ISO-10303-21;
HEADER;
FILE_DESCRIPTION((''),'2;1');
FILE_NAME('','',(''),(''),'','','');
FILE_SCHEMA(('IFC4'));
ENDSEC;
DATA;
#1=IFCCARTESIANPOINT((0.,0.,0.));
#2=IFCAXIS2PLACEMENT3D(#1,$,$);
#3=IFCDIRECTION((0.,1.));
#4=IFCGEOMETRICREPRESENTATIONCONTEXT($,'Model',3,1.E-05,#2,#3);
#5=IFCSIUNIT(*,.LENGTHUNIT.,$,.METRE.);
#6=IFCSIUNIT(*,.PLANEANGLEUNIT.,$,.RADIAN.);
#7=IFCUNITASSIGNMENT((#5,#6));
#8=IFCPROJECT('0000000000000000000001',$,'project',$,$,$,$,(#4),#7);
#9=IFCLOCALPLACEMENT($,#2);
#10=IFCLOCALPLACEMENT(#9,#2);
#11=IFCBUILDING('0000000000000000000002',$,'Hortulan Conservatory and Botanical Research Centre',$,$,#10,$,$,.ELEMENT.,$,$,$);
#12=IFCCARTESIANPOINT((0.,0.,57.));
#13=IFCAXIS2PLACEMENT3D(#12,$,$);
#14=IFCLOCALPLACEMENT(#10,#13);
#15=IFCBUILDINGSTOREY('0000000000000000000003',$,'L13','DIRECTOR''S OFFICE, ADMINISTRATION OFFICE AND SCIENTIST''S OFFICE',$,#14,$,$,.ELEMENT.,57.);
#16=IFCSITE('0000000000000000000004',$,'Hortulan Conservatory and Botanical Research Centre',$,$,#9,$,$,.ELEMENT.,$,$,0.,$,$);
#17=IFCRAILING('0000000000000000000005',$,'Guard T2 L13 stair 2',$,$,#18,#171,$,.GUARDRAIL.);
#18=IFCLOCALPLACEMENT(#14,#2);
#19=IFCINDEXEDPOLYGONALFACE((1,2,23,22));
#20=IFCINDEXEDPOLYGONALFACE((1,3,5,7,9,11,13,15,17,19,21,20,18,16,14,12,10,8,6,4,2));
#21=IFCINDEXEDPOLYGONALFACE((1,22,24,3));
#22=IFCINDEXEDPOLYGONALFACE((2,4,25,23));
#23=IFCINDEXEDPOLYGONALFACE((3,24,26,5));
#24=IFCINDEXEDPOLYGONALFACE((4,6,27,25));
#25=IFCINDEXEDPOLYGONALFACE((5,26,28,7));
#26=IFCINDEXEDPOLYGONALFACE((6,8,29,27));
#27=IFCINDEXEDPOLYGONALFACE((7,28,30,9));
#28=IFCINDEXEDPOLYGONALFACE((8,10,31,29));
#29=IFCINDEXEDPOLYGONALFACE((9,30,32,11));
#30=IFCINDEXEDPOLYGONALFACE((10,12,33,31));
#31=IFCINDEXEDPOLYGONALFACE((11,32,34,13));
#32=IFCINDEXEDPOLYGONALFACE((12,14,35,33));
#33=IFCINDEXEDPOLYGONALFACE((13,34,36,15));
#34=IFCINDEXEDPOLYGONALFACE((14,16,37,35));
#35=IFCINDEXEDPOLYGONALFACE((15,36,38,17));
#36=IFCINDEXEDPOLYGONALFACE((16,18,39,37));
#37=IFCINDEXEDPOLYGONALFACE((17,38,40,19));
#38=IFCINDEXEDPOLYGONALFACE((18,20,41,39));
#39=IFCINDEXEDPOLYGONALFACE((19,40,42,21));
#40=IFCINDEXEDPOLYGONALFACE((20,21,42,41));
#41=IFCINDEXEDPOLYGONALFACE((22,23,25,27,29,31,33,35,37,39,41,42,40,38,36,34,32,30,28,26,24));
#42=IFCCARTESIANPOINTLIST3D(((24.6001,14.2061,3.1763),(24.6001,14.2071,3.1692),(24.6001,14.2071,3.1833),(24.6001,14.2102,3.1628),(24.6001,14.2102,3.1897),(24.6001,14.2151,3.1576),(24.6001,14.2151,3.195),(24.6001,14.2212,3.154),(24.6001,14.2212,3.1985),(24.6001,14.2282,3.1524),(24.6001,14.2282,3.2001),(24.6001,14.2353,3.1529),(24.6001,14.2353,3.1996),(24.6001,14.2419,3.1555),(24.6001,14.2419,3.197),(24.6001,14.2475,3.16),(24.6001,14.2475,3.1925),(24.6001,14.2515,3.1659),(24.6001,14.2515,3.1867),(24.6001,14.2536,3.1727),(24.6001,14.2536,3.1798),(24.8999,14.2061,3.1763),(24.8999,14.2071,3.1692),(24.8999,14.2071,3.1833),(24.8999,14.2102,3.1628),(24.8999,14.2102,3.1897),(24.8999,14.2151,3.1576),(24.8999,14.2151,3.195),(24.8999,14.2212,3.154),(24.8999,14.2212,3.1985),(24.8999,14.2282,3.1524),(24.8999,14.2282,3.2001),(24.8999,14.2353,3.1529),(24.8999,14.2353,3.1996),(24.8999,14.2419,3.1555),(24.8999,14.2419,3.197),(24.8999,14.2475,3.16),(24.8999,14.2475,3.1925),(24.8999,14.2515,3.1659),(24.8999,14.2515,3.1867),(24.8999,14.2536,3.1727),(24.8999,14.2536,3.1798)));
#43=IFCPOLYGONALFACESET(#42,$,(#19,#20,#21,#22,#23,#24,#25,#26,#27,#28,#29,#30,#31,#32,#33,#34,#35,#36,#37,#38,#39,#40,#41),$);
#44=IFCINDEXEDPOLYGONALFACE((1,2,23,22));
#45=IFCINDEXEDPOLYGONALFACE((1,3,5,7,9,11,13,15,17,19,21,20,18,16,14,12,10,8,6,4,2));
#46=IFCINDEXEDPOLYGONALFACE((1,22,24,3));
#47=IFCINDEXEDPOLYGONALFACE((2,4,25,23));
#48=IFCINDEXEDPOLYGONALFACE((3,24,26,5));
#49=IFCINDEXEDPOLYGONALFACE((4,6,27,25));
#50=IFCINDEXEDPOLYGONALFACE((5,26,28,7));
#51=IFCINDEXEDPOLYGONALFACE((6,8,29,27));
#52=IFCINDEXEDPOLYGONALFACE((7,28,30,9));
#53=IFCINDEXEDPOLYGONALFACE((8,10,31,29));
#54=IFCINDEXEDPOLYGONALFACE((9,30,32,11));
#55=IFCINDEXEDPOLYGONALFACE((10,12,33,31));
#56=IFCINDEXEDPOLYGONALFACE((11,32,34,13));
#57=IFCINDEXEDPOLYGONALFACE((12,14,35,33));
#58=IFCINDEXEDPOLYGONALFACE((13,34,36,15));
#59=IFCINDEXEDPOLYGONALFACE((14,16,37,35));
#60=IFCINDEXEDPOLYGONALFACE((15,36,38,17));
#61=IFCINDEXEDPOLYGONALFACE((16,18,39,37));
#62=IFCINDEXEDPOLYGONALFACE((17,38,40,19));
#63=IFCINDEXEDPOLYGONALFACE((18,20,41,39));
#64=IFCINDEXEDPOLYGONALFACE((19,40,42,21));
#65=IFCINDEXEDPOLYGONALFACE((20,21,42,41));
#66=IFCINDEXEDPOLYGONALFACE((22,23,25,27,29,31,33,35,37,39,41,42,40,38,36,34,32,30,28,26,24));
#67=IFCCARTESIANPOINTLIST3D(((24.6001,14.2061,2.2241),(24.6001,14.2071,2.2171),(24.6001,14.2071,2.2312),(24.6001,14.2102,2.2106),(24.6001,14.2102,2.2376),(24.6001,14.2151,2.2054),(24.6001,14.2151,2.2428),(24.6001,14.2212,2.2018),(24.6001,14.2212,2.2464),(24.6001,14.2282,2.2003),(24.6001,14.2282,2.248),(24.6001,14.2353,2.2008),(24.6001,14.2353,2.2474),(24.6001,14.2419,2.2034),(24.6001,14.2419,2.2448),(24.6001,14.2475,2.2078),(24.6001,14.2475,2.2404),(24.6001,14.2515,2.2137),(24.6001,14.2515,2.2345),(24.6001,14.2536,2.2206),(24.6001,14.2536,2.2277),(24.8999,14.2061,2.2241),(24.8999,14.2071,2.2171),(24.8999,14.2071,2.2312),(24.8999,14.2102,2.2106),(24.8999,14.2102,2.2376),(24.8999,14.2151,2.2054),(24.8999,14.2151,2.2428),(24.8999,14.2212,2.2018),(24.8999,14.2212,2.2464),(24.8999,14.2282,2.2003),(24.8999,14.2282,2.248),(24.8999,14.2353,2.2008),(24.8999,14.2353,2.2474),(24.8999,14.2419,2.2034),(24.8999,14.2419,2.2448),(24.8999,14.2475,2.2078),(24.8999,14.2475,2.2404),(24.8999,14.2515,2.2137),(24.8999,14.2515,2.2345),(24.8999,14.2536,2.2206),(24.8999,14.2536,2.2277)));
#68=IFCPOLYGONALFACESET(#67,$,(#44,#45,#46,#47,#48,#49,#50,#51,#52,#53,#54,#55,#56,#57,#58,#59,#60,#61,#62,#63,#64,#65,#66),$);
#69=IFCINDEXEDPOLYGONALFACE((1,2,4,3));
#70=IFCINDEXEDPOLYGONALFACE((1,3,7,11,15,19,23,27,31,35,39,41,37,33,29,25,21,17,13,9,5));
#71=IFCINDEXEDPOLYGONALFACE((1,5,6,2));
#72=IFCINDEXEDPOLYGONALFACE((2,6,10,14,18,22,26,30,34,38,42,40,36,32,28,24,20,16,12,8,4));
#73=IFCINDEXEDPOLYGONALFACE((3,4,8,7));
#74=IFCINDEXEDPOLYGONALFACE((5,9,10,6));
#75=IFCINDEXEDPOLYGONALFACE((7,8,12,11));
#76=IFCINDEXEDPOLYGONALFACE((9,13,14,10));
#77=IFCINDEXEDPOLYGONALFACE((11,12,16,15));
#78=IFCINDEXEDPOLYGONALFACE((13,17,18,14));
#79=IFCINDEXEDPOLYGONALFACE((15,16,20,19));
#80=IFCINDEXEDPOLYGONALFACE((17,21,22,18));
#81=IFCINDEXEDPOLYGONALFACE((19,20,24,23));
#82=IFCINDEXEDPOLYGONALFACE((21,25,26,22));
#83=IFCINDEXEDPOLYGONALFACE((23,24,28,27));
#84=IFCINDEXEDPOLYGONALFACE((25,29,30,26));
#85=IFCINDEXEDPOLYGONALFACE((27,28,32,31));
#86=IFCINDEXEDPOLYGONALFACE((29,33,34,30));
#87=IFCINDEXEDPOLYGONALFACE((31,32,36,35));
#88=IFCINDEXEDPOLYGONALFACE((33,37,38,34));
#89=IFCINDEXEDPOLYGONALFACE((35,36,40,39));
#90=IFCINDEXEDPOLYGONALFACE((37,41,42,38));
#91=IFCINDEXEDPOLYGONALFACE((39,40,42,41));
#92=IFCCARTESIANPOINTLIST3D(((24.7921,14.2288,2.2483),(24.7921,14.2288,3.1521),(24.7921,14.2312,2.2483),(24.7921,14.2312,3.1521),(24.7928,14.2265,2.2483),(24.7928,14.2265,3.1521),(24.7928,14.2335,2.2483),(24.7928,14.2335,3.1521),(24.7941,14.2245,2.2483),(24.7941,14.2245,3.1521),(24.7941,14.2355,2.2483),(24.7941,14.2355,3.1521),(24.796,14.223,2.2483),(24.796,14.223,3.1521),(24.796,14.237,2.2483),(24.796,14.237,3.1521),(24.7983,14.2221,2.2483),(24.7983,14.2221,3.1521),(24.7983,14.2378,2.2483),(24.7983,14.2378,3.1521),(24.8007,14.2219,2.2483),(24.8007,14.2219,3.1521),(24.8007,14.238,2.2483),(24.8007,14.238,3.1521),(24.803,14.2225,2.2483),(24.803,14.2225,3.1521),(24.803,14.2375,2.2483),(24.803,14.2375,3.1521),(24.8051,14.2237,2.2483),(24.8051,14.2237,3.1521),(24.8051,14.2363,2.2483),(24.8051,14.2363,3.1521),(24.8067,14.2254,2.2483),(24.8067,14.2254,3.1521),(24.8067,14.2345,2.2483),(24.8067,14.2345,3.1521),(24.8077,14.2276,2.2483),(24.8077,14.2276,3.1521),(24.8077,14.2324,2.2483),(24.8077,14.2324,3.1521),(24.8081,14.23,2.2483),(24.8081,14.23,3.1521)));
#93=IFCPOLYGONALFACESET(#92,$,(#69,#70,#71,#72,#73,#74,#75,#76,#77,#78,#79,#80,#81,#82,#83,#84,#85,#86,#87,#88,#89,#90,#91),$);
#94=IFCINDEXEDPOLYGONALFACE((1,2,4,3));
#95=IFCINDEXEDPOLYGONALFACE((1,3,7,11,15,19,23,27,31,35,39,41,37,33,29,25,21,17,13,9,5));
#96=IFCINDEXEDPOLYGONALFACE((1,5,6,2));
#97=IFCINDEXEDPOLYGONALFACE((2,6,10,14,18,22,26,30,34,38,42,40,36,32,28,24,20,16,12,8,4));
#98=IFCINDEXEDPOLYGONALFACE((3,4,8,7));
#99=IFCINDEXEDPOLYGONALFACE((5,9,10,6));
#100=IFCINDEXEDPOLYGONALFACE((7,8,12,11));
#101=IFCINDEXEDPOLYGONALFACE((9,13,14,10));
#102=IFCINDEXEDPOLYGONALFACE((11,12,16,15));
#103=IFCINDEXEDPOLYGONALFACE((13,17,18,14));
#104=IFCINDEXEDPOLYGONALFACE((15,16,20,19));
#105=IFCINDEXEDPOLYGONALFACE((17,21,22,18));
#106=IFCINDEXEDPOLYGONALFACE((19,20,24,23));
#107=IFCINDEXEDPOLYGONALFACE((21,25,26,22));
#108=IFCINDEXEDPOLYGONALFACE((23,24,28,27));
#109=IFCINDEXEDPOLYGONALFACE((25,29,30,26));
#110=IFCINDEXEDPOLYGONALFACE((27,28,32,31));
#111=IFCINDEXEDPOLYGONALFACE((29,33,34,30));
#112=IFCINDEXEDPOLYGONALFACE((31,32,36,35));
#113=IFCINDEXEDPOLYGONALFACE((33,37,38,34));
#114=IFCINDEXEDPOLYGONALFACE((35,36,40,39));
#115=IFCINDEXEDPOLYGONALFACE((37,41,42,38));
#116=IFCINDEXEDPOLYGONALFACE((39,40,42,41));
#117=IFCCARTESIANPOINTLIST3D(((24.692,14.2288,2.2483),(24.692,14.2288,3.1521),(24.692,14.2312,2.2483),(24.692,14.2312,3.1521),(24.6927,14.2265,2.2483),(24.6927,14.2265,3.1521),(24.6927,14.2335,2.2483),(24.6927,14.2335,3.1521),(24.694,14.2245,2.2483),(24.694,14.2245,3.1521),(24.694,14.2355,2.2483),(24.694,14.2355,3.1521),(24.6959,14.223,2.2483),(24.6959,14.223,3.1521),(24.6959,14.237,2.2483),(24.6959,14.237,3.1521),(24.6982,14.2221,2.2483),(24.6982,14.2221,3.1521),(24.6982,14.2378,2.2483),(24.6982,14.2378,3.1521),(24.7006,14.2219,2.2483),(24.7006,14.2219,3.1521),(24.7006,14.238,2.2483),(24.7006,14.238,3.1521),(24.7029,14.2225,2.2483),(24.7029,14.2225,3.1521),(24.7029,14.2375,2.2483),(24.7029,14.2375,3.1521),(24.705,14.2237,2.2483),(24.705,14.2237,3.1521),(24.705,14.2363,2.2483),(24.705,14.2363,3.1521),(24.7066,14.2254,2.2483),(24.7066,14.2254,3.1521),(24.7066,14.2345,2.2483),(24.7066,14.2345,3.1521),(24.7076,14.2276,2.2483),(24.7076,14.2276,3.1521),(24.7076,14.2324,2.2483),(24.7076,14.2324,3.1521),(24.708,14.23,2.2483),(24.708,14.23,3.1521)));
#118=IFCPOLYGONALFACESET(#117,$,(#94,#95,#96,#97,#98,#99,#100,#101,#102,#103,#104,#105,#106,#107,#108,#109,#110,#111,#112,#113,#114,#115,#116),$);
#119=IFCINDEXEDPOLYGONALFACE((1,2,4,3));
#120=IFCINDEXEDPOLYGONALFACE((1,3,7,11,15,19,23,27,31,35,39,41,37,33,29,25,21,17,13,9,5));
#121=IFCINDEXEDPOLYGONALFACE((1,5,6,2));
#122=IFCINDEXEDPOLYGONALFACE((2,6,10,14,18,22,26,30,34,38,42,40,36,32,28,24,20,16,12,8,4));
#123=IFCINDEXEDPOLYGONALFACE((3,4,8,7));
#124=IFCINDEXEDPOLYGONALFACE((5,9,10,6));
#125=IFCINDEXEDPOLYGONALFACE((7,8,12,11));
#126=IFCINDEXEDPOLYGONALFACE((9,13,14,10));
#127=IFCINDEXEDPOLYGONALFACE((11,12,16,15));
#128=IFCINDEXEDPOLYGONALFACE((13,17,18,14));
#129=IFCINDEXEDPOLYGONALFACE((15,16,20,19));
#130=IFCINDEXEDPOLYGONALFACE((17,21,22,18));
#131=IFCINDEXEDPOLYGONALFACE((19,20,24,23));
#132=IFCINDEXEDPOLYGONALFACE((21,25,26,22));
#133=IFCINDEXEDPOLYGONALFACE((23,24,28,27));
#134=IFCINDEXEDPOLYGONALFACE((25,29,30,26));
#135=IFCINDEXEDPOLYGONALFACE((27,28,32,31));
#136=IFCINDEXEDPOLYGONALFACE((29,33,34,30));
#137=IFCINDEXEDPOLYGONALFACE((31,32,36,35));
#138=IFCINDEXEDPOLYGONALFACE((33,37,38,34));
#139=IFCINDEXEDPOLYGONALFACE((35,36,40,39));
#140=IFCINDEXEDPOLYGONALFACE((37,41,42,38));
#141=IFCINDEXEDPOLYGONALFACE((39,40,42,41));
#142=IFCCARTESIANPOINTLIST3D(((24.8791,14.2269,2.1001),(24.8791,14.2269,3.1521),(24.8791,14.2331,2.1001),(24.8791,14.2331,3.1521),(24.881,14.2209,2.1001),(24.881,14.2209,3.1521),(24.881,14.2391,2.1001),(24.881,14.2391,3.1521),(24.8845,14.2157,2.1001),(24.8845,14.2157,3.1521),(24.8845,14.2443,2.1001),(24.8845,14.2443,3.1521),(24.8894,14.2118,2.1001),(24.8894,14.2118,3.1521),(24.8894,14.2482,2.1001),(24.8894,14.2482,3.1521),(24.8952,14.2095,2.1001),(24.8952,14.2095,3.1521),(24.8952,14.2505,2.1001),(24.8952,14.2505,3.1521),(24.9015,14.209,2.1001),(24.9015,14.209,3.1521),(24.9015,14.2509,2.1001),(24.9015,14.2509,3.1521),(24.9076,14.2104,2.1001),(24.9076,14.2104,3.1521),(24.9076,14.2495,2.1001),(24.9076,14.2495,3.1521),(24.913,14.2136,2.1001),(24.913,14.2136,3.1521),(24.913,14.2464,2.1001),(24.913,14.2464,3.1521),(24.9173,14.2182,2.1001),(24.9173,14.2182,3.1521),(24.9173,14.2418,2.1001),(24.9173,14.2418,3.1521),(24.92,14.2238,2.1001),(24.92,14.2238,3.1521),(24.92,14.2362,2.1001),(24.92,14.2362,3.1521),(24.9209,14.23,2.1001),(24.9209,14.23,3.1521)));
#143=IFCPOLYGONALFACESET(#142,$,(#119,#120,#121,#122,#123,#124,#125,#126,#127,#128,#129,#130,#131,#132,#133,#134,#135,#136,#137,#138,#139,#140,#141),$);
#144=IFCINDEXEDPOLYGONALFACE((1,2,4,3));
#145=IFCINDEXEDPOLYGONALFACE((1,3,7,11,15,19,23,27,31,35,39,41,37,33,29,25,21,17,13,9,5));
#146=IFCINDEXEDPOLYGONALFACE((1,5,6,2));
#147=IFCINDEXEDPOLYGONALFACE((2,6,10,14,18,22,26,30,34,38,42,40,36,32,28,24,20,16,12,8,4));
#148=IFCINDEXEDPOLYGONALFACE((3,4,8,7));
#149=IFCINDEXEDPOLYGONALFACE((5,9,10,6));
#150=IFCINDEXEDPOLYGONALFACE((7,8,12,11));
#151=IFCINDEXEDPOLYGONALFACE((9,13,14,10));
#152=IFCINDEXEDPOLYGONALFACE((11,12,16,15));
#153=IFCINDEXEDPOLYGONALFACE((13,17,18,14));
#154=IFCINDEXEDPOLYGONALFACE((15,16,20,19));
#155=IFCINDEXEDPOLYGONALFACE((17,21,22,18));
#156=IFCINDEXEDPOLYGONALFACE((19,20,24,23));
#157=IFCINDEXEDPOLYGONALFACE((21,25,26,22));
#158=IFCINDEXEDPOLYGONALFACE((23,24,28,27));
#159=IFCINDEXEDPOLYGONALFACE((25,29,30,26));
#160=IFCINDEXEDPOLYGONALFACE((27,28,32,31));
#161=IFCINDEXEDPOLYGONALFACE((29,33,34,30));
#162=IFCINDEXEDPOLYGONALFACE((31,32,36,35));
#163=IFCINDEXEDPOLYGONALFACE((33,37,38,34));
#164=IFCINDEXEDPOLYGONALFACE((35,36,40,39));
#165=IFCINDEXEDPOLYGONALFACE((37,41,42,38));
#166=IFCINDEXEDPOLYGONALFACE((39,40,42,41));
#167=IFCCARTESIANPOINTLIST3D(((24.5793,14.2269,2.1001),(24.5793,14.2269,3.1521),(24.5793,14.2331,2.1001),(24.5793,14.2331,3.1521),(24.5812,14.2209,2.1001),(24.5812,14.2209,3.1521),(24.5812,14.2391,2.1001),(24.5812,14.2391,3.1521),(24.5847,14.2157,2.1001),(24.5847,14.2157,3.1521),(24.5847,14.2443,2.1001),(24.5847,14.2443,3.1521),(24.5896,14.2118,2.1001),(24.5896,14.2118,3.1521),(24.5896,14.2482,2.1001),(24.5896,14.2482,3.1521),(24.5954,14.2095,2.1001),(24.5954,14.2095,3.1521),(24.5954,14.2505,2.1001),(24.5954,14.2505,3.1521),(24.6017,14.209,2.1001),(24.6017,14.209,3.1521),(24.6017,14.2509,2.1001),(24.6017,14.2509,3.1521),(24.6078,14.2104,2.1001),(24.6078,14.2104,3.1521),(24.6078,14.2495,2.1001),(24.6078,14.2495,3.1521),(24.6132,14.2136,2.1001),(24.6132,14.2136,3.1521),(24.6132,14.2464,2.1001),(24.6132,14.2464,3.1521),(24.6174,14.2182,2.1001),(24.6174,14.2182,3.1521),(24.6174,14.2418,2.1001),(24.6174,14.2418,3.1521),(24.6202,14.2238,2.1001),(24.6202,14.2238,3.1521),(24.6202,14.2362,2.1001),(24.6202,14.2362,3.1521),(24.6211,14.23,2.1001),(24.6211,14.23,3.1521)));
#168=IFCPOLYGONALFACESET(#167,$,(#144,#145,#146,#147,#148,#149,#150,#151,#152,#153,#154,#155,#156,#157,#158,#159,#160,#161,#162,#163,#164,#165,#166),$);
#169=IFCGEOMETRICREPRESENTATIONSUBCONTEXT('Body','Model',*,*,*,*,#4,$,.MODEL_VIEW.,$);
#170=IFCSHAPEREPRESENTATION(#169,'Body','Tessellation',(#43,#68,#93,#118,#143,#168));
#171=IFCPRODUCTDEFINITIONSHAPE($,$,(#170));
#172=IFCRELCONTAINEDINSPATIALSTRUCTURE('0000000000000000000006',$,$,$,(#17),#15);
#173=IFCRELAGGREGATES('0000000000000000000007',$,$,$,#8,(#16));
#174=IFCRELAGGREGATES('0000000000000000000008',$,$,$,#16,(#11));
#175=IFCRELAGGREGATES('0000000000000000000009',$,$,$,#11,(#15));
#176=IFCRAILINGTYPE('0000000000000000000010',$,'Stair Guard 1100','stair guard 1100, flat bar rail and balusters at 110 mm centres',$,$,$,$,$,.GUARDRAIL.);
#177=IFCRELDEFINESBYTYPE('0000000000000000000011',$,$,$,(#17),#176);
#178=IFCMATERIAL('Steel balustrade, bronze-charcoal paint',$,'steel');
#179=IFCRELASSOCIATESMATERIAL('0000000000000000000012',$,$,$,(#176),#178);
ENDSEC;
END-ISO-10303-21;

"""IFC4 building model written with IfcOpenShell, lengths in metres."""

from ifc_helpers import new_model, si_unit, direction, frame, origin, origin_2d, place, context, subcontext, project, spatial, circle, extrude, material, type_object, element, save


model = new_model("IFC4")

# Units and contexts
model_context = context("Model", 3, precision=1e-05, world=origin(), true_north=direction((0.0, 1.0)))
body_context = subcontext(model_context, "Body", "Model", "MODEL_VIEW")
ifc_project = project(units=[si_unit("LENGTHUNIT", "METRE"), si_unit("PLANEANGLEUNIT", "RADIAN")], contexts=[model_context])

# Site, building, storey
site_placement = place(None, origin())
site = spatial("IfcSite", under=ifc_project, at=site_placement, Name="Hortulan Conservatory and Botanical Research Centre", CompositionType="ELEMENT", RefElevation=0.0)
building_placement = place(site_placement, origin())
building = spatial("IfcBuilding", under=site, at=building_placement, Name="Hortulan Conservatory and Botanical Research Centre", CompositionType="ELEMENT")
storey_placement = place(building_placement, frame((0.0, 0.0, 57.0)))
storey = spatial("IfcBuildingStorey", under=building, at=storey_placement, Name="L13", Description="DIRECTOR'S OFFICE, ADMINISTRATION OFFICE AND SCIENTIST'S OFFICE", CompositionType="ELEMENT", Elevation=57.0)

# Railing
ifc_material_1 = material(Name="Steel balustrade, bronze-charcoal paint", Category="steel")
railing_type_1 = type_object("IfcRailingType", Name="Stair Guard 1100", Description="stair guard 1100, flat bar rail and balusters at 110 mm centres", PredefinedType="GUARDRAIL", material=ifc_material_1)
railing_1_placement = place(storey_placement, frame((24.8999, 14.23, 2.1001)))
element("IfcRailing", 1, at=railing_1_placement, inside=storey, type_object=railing_type_1, Name="Guard T2 L13 stair 2", PredefinedType="GUARDRAIL", context=body_context, shape_type="SweptSolid", body=[
    extrude(circle(Radius=0.0239, at=origin_2d()), frame((0.0, 0.0, 1.0762), z_axis=(-1.0, 0.0, 0.0), x_axis=(0.0, -1.0, 0.0)), (0.0, 0.0, 1.0), 0.2998),
    extrude(circle(Radius=0.0239, at=origin_2d()), frame((0.0, 0.0, 0.124), z_axis=(-1.0, 0.0, 0.0), x_axis=(0.0, -1.0, 0.0)), (0.0, 0.0, 1.0), 0.2998),
    extrude(circle(Radius=0.0081, at=origin_2d()), frame((-0.0999, 0.0, 0.1482)), (0.0, 0.0, 1.0), 0.9038),
    extrude(circle(Radius=0.0081, at=origin_2d()), frame((-0.2, 0.0, 0.1482)), (0.0, 0.0, 1.0), 0.9038),
    extrude(circle(Radius=0.021, at=origin_2d()), origin(), (0.0, 0.0, 1.0), 1.052),
    extrude(circle(Radius=0.021, at=origin_2d()), frame((-0.2998, 0.0, 0.0)), (0.0, 0.0, 1.0), 1.052),
])

save(model, "model.ifc")
